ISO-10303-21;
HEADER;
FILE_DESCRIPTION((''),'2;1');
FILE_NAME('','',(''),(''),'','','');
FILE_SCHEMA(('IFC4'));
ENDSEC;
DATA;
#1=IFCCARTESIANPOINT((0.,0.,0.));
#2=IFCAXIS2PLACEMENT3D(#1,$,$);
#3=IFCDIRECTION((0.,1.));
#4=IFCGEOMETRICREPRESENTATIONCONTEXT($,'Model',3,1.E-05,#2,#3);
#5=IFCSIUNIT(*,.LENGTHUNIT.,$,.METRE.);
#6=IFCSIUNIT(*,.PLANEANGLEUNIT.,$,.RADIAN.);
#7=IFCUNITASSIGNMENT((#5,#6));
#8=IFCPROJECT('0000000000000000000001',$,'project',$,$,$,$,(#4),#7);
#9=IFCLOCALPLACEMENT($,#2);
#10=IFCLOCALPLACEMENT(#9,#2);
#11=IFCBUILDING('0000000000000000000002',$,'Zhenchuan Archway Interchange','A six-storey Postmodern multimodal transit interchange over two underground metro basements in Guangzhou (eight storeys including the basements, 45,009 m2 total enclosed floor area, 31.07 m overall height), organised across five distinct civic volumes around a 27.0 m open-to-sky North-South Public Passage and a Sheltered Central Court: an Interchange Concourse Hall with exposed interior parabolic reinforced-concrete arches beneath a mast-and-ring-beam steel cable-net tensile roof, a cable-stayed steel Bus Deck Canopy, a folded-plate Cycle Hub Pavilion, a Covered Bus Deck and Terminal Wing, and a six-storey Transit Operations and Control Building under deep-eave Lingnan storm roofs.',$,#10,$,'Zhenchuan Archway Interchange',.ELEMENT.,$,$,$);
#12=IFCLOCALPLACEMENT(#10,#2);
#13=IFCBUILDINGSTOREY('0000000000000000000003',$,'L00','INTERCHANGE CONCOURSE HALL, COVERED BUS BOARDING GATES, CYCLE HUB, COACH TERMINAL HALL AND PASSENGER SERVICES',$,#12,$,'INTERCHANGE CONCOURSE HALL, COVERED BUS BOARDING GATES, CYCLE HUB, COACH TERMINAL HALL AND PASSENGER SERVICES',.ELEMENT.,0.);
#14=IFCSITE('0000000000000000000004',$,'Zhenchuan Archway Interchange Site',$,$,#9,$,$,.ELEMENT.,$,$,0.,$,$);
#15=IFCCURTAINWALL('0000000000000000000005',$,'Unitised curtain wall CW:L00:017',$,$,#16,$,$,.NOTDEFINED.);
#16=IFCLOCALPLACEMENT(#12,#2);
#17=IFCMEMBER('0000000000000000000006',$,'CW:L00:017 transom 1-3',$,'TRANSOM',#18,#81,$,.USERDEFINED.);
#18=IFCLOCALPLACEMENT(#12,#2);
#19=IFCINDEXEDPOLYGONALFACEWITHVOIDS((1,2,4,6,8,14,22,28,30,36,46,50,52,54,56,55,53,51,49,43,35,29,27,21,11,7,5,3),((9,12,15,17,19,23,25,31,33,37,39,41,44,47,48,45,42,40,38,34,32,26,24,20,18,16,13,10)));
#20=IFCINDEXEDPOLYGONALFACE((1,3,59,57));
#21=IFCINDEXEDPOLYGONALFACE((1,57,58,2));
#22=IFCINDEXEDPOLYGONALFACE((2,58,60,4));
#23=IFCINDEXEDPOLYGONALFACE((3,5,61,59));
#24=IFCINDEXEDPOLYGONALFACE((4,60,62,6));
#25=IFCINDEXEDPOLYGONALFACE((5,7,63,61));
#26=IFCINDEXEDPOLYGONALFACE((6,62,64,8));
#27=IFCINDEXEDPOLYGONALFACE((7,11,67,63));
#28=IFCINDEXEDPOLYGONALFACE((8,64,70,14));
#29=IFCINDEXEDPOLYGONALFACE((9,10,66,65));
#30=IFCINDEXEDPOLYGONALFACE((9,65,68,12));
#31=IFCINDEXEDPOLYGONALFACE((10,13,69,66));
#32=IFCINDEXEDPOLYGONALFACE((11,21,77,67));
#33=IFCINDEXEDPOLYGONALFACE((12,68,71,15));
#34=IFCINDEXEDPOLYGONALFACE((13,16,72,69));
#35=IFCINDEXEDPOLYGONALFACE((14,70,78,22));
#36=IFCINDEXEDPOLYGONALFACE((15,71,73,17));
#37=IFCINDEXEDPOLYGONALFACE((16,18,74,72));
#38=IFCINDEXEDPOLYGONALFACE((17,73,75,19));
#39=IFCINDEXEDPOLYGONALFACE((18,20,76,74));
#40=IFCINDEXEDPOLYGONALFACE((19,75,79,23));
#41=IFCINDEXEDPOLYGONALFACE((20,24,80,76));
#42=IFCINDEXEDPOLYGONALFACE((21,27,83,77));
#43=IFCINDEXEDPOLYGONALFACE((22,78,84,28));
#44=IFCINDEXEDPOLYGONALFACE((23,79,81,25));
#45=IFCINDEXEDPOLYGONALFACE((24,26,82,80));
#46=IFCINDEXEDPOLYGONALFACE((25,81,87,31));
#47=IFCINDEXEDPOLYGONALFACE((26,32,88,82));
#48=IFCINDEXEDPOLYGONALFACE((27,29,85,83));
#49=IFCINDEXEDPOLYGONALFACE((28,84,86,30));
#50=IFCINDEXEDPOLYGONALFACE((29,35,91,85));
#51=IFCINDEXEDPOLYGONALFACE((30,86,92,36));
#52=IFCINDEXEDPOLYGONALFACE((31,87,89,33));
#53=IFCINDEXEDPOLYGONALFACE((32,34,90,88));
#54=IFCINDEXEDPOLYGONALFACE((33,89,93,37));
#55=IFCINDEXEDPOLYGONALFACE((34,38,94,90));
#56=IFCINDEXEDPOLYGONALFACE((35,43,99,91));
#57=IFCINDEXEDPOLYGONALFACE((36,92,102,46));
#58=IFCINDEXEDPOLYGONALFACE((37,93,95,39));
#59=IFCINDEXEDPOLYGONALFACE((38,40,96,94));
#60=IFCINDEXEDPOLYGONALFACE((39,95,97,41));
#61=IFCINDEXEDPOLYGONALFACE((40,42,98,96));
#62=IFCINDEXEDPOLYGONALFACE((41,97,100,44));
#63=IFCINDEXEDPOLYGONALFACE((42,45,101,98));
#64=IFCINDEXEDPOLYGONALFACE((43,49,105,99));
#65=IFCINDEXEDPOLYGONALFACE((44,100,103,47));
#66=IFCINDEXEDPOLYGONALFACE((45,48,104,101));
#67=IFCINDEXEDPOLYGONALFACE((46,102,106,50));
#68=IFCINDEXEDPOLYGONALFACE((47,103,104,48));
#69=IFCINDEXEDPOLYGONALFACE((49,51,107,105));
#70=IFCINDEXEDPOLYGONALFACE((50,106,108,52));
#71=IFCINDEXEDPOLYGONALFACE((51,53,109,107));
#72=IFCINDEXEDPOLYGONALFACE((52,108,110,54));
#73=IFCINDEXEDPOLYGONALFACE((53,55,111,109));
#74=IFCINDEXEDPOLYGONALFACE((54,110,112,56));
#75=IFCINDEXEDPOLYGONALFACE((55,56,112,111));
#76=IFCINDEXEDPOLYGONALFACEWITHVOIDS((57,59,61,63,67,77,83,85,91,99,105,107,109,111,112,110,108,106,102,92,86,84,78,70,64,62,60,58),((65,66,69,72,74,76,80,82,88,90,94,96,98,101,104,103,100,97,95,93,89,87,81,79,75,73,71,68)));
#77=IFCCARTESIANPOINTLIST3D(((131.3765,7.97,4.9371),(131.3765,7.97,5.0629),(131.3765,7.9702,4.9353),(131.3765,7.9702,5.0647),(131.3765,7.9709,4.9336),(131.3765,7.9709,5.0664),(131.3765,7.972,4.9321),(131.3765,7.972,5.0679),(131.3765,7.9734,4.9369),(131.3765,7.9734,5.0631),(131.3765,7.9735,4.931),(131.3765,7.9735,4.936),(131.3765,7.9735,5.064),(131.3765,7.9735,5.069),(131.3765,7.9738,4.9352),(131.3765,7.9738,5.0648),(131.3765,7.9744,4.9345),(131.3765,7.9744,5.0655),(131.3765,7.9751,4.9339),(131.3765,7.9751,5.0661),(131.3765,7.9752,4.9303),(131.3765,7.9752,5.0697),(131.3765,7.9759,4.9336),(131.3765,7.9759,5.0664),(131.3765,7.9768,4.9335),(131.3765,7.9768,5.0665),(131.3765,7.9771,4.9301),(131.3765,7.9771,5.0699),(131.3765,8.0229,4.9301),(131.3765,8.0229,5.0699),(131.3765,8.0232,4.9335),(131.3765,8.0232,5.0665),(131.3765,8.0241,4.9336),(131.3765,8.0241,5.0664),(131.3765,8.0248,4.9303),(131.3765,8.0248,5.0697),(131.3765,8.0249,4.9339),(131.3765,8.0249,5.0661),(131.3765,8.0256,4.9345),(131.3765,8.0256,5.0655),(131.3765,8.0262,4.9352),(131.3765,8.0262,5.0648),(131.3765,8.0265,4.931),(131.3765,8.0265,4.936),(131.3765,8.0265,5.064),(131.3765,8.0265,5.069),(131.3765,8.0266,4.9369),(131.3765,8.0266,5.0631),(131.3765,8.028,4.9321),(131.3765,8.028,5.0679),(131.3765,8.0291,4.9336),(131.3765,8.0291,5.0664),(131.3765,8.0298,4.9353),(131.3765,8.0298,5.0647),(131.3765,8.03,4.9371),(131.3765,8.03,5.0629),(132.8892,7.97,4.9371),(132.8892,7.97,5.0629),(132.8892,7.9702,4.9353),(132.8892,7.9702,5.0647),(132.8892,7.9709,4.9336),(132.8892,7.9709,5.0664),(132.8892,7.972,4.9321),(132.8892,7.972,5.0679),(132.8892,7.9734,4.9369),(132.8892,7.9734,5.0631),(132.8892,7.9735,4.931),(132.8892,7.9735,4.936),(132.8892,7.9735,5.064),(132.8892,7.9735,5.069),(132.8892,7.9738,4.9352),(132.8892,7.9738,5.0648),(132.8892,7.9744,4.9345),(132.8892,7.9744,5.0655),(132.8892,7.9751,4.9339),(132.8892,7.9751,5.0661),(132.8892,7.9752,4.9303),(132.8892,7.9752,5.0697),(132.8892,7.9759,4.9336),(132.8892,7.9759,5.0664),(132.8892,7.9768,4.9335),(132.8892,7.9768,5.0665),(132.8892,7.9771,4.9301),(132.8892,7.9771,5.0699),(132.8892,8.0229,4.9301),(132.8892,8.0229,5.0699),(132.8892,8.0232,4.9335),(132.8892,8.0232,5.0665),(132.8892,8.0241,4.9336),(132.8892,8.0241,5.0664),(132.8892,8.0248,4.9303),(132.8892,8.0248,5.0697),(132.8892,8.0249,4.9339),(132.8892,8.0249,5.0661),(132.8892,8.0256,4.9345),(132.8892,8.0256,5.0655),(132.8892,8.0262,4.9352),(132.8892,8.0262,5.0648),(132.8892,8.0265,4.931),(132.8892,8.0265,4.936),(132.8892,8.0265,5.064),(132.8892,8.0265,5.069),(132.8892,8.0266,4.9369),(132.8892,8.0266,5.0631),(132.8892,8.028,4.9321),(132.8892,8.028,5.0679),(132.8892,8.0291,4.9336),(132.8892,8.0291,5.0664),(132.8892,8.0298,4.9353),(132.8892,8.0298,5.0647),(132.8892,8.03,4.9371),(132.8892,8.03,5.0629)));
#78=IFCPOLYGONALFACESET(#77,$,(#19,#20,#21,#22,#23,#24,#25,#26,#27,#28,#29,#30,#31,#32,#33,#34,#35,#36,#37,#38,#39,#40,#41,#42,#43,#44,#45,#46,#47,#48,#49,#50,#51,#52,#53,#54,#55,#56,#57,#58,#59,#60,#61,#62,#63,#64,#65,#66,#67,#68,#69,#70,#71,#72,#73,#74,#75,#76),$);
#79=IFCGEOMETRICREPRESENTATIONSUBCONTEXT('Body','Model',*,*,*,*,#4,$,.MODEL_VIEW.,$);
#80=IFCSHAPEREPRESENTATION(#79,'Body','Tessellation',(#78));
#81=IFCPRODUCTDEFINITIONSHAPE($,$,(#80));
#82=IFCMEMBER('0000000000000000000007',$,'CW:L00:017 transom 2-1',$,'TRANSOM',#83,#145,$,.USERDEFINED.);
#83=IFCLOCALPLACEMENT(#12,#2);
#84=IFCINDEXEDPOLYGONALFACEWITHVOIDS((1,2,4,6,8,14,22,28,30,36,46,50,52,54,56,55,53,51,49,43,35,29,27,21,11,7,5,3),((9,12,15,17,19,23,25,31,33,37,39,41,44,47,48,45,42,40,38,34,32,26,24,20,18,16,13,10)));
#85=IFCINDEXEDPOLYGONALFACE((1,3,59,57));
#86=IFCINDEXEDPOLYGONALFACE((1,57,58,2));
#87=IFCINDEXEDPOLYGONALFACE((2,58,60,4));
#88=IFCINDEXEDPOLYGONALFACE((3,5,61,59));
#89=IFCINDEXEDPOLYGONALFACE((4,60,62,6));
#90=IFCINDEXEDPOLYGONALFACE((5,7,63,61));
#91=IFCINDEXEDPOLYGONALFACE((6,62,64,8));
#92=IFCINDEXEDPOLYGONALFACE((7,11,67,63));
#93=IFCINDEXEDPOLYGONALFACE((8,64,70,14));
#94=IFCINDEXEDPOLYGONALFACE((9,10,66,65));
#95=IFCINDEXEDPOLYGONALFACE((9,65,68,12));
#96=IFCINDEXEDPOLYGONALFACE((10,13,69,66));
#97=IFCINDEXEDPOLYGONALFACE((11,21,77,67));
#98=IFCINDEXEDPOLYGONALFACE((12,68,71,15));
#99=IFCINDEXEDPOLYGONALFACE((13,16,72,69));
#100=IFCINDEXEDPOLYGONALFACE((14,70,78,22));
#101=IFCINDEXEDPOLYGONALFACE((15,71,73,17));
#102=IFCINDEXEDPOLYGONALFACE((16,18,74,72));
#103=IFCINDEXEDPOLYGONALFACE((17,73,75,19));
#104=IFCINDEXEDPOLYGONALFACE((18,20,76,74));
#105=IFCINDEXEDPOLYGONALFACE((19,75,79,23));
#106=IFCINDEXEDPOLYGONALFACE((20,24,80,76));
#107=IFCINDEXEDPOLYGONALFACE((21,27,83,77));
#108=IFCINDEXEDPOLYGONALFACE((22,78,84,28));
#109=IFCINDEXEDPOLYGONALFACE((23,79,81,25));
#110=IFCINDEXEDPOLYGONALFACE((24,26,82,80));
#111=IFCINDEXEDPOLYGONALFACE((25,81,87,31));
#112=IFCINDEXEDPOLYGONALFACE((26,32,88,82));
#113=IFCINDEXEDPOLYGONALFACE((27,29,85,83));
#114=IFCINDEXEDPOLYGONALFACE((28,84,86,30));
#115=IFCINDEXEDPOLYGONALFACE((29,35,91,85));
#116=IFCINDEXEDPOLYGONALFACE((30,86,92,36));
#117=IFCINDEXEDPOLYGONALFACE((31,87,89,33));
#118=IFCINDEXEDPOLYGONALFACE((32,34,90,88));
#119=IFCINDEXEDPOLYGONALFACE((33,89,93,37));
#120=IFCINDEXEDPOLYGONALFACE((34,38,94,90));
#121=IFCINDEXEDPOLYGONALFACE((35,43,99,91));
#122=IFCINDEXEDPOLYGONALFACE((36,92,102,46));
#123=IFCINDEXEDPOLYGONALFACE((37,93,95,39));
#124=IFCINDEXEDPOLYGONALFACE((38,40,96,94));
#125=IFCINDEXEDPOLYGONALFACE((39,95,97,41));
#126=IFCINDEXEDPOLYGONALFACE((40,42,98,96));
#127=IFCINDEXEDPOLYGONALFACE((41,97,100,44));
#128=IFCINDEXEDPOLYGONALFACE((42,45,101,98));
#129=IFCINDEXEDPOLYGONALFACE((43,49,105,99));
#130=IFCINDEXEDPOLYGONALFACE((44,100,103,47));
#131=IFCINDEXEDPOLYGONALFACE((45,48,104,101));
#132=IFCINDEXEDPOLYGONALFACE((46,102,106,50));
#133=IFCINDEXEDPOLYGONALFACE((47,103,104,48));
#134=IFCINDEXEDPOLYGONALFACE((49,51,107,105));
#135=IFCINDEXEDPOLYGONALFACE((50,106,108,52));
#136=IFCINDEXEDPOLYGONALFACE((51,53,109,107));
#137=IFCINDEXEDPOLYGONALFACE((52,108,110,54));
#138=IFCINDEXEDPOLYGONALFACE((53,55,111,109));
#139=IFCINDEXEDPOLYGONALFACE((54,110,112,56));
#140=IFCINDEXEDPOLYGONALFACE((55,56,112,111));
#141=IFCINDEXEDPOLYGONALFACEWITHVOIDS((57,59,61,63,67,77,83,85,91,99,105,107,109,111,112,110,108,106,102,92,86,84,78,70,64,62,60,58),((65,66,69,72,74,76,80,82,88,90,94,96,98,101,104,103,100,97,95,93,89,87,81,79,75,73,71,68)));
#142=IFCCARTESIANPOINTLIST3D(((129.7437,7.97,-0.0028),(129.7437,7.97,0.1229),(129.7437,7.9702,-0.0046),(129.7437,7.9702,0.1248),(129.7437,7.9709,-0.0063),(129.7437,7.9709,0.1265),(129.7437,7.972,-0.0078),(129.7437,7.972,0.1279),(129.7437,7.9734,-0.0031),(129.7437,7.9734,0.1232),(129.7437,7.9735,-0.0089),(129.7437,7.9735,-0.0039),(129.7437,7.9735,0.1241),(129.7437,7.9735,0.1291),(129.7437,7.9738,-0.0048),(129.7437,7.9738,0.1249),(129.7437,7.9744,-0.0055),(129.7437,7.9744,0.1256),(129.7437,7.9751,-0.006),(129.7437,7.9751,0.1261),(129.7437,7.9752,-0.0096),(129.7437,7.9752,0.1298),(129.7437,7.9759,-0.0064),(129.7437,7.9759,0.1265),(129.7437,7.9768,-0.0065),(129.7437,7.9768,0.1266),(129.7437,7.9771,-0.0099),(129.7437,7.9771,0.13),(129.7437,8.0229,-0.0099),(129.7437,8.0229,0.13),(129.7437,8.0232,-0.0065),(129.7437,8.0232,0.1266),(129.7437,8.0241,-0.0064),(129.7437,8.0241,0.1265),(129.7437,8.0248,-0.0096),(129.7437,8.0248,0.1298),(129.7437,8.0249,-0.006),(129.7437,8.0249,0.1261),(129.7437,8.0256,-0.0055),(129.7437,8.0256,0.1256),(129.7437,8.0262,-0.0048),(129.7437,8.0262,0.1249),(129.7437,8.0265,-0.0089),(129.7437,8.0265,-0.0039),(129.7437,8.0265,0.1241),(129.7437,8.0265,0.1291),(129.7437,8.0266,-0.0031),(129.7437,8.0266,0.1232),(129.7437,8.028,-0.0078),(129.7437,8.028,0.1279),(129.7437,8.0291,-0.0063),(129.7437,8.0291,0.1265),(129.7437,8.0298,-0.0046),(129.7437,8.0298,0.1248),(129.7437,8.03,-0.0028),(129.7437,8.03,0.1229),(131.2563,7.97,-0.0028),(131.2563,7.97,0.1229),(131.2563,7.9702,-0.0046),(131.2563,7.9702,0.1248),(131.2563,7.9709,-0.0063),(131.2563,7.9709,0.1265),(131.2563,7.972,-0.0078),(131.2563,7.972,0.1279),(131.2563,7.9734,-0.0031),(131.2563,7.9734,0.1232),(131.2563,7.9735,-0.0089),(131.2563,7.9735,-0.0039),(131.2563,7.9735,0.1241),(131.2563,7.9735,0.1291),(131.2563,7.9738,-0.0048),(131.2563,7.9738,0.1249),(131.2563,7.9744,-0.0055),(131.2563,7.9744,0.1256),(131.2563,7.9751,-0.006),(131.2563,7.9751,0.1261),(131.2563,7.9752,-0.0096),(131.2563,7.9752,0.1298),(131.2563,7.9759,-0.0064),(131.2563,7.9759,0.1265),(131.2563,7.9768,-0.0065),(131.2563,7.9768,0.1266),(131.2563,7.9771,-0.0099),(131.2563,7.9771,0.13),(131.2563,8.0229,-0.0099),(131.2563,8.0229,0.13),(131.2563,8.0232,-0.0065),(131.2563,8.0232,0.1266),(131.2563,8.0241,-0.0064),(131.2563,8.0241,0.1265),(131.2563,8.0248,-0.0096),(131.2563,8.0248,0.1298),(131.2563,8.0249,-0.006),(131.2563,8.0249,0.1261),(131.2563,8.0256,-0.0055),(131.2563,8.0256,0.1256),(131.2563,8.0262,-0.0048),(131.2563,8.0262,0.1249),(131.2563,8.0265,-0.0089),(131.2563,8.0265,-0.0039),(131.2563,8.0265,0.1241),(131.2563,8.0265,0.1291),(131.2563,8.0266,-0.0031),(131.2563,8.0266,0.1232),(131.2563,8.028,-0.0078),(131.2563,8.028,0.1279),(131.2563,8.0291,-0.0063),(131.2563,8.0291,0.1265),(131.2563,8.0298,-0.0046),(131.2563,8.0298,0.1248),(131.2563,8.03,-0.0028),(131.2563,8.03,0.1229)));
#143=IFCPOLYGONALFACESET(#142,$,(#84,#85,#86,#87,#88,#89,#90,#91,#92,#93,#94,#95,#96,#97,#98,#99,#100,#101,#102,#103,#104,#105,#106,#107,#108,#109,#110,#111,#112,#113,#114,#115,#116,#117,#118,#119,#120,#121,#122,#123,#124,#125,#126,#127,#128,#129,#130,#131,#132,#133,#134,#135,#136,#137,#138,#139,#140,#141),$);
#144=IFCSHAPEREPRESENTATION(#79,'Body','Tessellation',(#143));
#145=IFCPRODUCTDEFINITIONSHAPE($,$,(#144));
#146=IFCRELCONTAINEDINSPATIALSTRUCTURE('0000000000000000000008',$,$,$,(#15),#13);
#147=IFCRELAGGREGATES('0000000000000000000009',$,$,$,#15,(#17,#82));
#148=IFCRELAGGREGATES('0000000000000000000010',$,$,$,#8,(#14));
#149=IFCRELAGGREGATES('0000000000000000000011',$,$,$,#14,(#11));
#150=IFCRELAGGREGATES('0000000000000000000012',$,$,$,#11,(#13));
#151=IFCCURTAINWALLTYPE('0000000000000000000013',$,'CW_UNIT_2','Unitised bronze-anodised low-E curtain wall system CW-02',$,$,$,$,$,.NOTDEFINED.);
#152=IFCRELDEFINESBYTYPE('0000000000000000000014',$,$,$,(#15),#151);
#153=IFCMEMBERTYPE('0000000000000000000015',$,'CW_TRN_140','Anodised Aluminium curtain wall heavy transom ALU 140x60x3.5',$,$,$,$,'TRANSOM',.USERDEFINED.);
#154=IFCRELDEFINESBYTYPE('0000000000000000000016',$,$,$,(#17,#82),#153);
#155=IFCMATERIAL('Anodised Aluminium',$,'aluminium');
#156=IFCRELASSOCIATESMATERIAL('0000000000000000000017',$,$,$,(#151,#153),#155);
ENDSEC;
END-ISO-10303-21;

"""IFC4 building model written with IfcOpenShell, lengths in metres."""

from ifc_helpers import new_model, si_unit, direction, frame, origin, origin_2d, place, context, subcontext, project, spatial, hollow_rectangle, extrude, material, material_profile, profile_set, type_object, element, aggregate, save


model = new_model("IFC4")

# Units and contexts
model_context = context("Model", 3, precision=1e-05, world=origin(), true_north=direction((0.0, 1.0)))
body_context = subcontext(model_context, "Body", "Model", "MODEL_VIEW")
ifc_project = project(units=[si_unit("LENGTHUNIT", "METRE"), si_unit("PLANEANGLEUNIT", "RADIAN")], contexts=[model_context])

# Site, building, storey
site_placement = place(None, origin())
site = spatial("IfcSite", under=ifc_project, at=site_placement, Name="Zhenchuan Archway Interchange Site", CompositionType="ELEMENT", RefElevation=0.0)
building_placement = place(site_placement, origin())
building = spatial("IfcBuilding", under=site, at=building_placement, Name="Zhenchuan Archway Interchange", Description="A six-storey Postmodern multimodal transit interchange over two underground metro basements in Guangzhou (eight storeys including the basements, 45,009 m2 total enclosed floor area, 31.07 m overall height), organised across five distinct civic volumes around a 27.0 m open-to-sky North-South Public Passage and a Sheltered Central Court: an Interchange Concourse Hall with exposed interior parabolic reinforced-concrete arches beneath a mast-and-ring-beam steel cable-net tensile roof, a cable-stayed steel Bus Deck Canopy, a folded-plate Cycle Hub Pavilion, a Covered Bus Deck and Terminal Wing, and a six-storey Transit Operations and Control Building under deep-eave Lingnan storm roofs.", LongName="Zhenchuan Archway Interchange", CompositionType="ELEMENT")
storey_placement = place(building_placement, origin())
storey = spatial("IfcBuildingStorey", under=building, at=storey_placement, Name="L00", Description="INTERCHANGE CONCOURSE HALL, COVERED BUS BOARDING GATES, CYCLE HUB, COACH TERMINAL HALL AND PASSENGER SERVICES", LongName="INTERCHANGE CONCOURSE HALL, COVERED BUS BOARDING GATES, CYCLE HUB, COACH TERMINAL HALL AND PASSENGER SERVICES", CompositionType="ELEMENT", Elevation=0.0)

# Curtain wall, members
ifc_material_1 = material(Name="Anodised Aluminium", Category="aluminium")
curtain_wall_type = type_object("IfcCurtainWallType", Name="CW_UNIT_2", Description="Unitised bronze-anodised low-E curtain wall system CW-02", PredefinedType="NOTDEFINED", material=ifc_material_1)
curtain_wall_placement = place(storey_placement, origin())
curtain_wall = element("IfcCurtainWall", 1, at=curtain_wall_placement, inside=storey, type_object=curtain_wall_type, Name="Unitised curtain wall CW:L00:017", PredefinedType="NOTDEFINED")
ifc_material_profile_1 = material_profile(ifc_material_1, hollow_rectangle(XDim=0.0601, YDim=0.1399, WallThickness=0.0034, InnerFilletRadius=0.0034, OuterFilletRadius=0.0071, at=origin_2d()), Name="ALU 140x60x3.5")
ifc_profile_set_1 = profile_set([ifc_material_profile_1], Name="Anodised Aluminium")
member_type_1 = type_object("IfcMemberType", Name="CW_TRN_140", Description="Anodised Aluminium curtain wall heavy transom ALU 140x60x3.5", ElementType="TRANSOM", PredefinedType="USERDEFINED", material=ifc_profile_set_1)
member_1_placement = place(storey_placement, frame((132.8892, 8.0, 5.0), z_axis=(-1.0, 0.0, 0.0), x_axis=(0.0, -1.0, 0.0)))
member_1 = element("IfcMember", 2, at=member_1_placement, type_object=member_type_1, Name="CW:L00:017 transom 1-3", ObjectType="TRANSOM", PredefinedType="USERDEFINED", context=body_context, shape_type="SweptSolid", body=[
    extrude(hollow_rectangle(XDim=0.0601, YDim=0.1399, WallThickness=0.0034, InnerFilletRadius=0.0034, OuterFilletRadius=0.0071, at=origin_2d()), origin(), (0.0, 0.0, 1.0), 1.5127),
])
member_2_placement = place(storey_placement, frame((131.2563, 8.0, 0.0601), z_axis=(-1.0, 0.0, 0.0), x_axis=(0.0, -1.0, 0.0)))
member_2 = element("IfcMember", 3, at=member_2_placement, type_object=member_type_1, Name="CW:L00:017 transom 2-1", ObjectType="TRANSOM", PredefinedType="USERDEFINED", context=body_context, shape_type="SweptSolid", body=[
    extrude(hollow_rectangle(XDim=0.0601, YDim=0.1399, WallThickness=0.0034, InnerFilletRadius=0.0034, OuterFilletRadius=0.0071, at=origin_2d()), origin(), (0.0, 0.0, 1.0), 1.5127),
])

aggregate(curtain_wall, [member_1, member_2])

save(model, "model.ifc")
